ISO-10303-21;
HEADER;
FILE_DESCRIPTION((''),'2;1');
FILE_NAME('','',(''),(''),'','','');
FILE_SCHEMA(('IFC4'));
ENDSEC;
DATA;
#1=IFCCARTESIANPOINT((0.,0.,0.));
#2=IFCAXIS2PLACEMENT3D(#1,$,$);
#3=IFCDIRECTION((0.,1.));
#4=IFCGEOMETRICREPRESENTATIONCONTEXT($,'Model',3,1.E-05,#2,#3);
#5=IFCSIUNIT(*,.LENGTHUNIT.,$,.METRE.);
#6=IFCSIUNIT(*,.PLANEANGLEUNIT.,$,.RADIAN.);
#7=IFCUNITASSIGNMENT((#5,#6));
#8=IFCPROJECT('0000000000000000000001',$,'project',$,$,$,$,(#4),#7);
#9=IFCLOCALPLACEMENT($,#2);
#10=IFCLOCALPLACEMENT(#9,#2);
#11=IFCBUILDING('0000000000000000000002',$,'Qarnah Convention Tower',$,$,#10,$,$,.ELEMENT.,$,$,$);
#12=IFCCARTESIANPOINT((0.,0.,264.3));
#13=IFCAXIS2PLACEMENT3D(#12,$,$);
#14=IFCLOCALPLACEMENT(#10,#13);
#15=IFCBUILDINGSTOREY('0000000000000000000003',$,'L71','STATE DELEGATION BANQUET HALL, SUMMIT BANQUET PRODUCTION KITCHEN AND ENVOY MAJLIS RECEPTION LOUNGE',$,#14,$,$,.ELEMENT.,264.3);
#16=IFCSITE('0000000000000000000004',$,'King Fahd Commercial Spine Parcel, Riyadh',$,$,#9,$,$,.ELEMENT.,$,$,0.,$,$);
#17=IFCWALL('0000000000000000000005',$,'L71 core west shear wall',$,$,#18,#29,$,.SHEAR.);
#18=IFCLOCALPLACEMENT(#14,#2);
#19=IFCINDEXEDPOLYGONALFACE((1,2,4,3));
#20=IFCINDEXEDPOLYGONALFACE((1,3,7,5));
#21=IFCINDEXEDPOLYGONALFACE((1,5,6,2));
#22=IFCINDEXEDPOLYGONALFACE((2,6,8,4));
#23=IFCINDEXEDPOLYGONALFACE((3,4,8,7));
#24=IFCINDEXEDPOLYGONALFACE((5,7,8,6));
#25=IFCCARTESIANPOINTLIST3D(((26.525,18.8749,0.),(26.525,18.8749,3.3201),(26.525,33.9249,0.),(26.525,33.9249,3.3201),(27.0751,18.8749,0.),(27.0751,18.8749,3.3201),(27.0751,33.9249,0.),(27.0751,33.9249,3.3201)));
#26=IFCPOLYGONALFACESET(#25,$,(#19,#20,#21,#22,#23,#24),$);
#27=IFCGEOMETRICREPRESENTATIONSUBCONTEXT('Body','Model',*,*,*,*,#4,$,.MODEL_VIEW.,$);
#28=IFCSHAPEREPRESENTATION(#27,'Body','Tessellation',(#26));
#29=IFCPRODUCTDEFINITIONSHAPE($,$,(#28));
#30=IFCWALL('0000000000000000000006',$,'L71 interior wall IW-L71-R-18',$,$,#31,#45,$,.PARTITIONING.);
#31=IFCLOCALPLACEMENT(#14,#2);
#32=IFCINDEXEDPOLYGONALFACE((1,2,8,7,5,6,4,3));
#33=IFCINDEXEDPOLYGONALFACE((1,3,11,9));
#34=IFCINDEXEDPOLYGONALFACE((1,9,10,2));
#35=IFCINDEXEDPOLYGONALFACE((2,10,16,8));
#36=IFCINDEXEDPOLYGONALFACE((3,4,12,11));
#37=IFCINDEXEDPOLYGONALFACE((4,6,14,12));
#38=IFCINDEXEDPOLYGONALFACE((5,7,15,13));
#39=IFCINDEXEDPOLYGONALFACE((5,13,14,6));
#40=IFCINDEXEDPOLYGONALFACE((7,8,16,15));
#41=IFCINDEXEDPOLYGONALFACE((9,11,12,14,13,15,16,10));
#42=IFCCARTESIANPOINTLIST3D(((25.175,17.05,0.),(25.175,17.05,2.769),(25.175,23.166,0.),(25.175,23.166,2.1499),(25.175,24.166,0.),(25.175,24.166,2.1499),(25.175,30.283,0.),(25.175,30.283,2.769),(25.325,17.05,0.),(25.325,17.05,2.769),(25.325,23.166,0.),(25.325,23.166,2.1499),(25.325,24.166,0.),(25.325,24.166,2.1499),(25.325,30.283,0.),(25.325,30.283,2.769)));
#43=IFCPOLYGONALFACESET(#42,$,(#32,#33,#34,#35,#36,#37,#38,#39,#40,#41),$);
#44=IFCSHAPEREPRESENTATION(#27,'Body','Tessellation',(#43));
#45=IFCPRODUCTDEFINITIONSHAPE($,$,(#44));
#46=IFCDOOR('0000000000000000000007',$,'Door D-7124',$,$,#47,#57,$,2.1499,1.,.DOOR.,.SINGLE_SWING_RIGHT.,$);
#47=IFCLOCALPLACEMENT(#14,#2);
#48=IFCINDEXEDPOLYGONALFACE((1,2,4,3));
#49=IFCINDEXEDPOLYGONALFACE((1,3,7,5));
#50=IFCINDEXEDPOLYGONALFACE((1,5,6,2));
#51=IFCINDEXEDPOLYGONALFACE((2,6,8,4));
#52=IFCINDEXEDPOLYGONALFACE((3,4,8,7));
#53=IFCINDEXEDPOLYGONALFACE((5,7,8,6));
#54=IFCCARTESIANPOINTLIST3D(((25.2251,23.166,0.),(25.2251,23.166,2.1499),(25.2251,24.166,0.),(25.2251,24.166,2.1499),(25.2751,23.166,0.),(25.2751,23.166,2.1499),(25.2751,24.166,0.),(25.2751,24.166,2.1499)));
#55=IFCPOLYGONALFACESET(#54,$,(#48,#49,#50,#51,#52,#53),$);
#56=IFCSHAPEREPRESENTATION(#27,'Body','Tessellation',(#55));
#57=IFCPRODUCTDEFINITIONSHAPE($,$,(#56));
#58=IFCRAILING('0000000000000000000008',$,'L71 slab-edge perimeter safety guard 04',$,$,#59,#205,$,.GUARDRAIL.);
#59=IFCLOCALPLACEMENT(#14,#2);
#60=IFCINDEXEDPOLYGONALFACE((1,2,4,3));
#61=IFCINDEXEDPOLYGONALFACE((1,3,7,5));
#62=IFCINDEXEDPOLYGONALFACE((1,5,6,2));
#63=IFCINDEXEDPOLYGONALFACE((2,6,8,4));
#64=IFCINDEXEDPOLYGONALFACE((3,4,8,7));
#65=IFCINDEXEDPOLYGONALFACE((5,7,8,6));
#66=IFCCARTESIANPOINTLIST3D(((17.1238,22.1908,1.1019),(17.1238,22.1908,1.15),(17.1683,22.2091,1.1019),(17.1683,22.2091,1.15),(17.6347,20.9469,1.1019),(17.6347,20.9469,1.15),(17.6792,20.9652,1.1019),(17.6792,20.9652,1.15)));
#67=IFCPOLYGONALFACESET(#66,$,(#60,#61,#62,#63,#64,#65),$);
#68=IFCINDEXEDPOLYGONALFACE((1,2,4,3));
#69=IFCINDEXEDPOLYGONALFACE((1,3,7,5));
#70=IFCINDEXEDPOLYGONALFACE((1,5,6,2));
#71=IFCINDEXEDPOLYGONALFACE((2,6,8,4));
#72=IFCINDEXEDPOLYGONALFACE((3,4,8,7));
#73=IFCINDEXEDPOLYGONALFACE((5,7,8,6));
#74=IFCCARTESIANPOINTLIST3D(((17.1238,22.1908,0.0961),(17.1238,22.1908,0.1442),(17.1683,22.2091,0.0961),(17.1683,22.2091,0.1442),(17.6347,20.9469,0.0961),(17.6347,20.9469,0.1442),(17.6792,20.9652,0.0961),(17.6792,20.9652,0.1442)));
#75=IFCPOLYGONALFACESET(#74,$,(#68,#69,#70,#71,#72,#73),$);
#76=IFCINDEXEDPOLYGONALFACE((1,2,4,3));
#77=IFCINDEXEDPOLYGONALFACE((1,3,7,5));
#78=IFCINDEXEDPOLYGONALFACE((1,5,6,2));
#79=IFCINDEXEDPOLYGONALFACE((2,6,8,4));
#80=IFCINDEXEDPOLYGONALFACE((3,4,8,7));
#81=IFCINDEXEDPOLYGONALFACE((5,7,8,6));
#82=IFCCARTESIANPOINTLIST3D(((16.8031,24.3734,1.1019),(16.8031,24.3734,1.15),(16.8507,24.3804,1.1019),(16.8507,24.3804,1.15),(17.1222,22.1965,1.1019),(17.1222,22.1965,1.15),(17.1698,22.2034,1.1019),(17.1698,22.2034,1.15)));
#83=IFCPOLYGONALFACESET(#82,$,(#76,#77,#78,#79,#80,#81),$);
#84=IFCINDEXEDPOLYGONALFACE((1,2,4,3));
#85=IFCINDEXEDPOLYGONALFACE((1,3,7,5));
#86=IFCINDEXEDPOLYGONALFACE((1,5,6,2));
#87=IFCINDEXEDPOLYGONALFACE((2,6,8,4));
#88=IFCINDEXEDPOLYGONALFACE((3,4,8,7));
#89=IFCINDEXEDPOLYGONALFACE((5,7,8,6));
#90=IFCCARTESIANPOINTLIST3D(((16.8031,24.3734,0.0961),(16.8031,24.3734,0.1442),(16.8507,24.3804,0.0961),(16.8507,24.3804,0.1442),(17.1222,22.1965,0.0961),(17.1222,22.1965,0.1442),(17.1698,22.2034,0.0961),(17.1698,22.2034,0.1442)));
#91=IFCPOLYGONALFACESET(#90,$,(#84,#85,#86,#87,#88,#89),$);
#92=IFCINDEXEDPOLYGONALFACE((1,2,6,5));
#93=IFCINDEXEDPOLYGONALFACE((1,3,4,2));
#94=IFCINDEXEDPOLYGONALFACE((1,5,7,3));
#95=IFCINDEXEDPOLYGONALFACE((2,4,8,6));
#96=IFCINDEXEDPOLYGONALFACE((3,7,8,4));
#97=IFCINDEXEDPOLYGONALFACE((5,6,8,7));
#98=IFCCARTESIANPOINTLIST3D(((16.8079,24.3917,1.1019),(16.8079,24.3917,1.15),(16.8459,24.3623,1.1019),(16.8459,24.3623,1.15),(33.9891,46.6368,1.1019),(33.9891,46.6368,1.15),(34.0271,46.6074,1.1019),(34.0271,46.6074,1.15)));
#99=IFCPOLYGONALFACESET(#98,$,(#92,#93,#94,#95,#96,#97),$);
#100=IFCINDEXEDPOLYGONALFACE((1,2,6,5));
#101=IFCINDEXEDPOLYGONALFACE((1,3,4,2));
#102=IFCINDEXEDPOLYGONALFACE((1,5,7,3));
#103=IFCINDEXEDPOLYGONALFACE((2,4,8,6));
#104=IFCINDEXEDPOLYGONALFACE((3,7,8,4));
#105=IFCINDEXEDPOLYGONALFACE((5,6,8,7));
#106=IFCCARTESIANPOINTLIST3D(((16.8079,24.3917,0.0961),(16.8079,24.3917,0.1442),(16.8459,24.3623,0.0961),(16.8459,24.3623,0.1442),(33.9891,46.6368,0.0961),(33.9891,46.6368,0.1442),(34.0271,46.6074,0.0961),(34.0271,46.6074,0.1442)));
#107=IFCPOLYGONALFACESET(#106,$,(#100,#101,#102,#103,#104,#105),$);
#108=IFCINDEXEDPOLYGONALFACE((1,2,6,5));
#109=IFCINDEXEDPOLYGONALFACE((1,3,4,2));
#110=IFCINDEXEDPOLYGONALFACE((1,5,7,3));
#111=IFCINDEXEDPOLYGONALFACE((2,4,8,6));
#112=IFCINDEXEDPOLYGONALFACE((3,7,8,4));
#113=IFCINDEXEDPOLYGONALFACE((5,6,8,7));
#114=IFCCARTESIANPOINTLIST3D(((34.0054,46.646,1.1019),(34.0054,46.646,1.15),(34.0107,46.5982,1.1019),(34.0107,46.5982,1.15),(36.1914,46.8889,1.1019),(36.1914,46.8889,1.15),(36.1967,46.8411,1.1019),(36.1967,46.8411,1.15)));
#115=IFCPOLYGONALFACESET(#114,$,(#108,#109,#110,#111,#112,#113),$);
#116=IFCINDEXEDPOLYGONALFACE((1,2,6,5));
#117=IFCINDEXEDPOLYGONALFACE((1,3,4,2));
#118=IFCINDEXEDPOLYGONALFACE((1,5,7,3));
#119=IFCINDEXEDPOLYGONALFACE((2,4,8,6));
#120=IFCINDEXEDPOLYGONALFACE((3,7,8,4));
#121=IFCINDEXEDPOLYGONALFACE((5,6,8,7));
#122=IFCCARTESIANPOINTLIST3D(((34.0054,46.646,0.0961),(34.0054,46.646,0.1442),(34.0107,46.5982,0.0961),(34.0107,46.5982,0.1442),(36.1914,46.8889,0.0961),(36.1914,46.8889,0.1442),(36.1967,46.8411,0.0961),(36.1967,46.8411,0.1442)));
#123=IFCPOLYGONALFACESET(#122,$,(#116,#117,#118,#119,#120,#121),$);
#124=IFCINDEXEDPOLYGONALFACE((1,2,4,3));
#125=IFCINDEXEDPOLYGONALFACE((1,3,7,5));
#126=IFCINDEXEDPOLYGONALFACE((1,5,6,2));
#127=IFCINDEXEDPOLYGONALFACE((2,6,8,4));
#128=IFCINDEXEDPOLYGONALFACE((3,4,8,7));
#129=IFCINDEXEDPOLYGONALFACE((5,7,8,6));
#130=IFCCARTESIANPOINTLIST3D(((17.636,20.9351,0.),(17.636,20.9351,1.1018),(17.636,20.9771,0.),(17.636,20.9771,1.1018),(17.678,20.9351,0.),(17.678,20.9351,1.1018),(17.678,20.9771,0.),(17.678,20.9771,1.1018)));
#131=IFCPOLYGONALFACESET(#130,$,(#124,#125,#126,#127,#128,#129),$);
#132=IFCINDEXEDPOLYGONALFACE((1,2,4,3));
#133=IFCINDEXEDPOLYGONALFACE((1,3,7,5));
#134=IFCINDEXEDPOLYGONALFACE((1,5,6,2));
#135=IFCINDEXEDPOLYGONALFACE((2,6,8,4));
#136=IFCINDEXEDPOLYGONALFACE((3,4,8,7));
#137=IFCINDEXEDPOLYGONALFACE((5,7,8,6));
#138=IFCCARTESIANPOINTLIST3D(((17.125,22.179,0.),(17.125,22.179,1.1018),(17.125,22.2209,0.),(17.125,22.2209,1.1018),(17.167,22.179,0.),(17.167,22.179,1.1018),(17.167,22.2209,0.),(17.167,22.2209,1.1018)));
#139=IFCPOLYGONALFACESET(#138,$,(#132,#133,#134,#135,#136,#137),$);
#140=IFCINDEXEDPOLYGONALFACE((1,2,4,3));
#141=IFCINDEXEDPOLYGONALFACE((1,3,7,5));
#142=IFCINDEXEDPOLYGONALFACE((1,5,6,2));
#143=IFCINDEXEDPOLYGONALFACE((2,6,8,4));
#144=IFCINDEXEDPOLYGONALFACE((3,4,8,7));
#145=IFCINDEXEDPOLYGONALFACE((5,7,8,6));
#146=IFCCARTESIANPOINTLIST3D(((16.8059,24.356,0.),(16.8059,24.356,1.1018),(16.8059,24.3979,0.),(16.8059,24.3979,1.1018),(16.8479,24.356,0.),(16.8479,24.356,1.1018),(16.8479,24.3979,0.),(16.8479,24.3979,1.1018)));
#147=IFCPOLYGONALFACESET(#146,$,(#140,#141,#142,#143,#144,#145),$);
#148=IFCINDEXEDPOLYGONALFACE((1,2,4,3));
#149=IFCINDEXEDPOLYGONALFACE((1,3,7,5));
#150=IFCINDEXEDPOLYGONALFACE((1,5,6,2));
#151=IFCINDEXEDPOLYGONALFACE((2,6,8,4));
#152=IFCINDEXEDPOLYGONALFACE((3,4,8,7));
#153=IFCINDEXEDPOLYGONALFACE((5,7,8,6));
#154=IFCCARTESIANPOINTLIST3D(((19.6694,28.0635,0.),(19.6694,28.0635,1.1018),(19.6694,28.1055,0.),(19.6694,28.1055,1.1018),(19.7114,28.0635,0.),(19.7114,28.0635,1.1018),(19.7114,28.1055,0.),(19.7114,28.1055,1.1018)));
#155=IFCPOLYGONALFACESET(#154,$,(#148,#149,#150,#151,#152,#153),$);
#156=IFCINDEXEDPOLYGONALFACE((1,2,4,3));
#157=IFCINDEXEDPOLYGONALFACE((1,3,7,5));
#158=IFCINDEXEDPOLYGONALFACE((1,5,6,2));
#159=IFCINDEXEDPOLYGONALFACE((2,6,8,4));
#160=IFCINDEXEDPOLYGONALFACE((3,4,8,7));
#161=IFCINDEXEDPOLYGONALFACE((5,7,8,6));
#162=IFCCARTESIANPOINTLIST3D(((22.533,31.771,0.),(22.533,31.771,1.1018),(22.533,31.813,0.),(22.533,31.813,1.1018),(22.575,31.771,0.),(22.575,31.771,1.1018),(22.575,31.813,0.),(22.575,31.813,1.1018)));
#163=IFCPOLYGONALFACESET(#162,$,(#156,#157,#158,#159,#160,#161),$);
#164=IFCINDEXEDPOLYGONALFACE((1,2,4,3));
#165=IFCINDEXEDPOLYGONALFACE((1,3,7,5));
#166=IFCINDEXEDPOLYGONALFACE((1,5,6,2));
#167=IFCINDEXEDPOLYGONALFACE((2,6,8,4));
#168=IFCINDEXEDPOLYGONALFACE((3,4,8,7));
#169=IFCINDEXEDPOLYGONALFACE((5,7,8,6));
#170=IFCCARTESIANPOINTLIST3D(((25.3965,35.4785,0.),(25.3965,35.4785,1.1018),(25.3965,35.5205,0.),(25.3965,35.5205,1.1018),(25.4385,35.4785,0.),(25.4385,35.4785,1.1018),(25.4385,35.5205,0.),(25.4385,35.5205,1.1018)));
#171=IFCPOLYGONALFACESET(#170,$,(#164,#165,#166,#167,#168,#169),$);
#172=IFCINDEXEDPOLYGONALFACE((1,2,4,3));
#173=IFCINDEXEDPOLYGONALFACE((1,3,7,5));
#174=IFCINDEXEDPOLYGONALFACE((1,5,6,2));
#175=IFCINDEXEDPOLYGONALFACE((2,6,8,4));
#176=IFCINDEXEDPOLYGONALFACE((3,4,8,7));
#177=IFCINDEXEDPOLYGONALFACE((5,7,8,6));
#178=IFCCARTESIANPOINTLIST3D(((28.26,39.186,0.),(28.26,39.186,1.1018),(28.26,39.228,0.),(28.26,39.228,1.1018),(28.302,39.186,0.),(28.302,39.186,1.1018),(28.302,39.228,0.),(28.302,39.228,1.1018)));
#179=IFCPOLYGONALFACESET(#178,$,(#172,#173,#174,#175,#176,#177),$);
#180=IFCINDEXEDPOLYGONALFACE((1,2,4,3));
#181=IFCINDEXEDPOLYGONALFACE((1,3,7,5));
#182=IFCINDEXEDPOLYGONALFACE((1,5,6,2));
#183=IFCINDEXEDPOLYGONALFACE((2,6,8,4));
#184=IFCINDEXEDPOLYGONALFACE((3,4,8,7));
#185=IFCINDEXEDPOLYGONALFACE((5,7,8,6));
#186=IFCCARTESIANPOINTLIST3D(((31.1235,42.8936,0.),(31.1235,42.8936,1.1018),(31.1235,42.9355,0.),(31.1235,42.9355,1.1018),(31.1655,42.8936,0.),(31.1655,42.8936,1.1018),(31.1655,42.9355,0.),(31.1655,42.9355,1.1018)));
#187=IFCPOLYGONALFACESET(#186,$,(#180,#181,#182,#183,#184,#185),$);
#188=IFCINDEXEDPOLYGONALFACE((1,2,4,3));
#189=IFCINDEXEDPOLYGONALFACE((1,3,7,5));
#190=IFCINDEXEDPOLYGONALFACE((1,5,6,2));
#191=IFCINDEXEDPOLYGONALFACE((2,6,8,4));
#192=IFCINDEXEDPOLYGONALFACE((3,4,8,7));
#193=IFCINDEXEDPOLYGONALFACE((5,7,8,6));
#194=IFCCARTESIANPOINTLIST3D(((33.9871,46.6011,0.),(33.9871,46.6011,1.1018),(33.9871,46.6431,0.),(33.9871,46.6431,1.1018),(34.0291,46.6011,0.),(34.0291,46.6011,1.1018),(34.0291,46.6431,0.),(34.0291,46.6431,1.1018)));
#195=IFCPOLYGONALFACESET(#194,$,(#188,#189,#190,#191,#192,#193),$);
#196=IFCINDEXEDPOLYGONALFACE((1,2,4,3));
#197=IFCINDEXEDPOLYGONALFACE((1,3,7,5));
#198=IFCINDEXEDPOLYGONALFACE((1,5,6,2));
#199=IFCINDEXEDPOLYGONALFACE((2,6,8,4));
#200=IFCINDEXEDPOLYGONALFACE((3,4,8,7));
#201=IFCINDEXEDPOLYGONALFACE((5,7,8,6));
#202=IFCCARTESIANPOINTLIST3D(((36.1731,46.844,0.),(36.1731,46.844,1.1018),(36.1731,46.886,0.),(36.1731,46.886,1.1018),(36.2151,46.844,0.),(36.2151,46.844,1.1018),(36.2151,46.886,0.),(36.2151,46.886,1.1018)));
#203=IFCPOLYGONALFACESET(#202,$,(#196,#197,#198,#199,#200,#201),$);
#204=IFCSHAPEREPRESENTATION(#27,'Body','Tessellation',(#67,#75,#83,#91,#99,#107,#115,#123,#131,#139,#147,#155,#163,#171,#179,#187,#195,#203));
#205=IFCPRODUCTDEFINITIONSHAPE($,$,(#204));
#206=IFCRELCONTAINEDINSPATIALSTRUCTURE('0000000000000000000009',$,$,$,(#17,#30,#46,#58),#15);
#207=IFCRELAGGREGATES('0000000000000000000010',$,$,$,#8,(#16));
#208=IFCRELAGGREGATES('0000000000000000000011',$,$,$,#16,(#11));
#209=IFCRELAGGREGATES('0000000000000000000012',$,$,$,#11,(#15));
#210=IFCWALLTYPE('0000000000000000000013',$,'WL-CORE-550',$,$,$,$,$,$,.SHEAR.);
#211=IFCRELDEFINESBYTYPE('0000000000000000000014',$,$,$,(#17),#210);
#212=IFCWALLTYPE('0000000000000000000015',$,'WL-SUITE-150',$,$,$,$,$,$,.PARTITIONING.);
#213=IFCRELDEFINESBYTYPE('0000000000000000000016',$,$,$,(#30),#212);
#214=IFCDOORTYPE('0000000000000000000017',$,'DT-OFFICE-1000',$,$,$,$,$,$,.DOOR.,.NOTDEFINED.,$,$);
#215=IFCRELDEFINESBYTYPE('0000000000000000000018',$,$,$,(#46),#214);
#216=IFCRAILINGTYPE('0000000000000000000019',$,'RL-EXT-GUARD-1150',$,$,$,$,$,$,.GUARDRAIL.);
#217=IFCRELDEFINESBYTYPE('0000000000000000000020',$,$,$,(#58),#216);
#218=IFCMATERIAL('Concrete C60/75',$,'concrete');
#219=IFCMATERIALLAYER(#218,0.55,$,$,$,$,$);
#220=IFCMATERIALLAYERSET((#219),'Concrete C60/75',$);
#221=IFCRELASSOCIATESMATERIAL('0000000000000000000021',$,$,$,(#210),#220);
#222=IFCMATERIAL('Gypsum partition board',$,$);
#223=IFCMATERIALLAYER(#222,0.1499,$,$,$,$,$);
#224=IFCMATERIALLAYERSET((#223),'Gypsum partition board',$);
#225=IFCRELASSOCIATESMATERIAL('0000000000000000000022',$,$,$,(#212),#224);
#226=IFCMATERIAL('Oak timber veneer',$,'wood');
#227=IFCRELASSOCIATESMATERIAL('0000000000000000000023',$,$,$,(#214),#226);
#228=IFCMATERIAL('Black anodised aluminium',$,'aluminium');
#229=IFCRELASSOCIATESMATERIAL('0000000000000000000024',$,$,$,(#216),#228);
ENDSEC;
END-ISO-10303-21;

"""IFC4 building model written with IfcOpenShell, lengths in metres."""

from ifc_helpers import new_model, si_unit, direction, frame, frame_2d, origin, origin_2d, place, context, subcontext, project, spatial, rectangle, extrude, material, layer, layer_set, type_object, element, fill, save


model = new_model("IFC4")

# Units and contexts
model_context = context("Model", 3, precision=1e-05, world=origin(), true_north=direction((0.0, 1.0)))
body_context = subcontext(model_context, "Body", "Model", "MODEL_VIEW")
ifc_project = project(units=[si_unit("LENGTHUNIT", "METRE"), si_unit("PLANEANGLEUNIT", "RADIAN")], contexts=[model_context])

# Site, building, storey
site_placement = place(None, origin())
site = spatial("IfcSite", under=ifc_project, at=site_placement, Name="King Fahd Commercial Spine Parcel, Riyadh", CompositionType="ELEMENT", RefElevation=0.0)
building_placement = place(site_placement, origin())
building = spatial("IfcBuilding", under=site, at=building_placement, Name="Qarnah Convention Tower", CompositionType="ELEMENT")
storey_placement = place(building_placement, frame((0.0, 0.0, 264.3)))
storey = spatial("IfcBuildingStorey", under=building, at=storey_placement, Name="L71", Description="STATE DELEGATION BANQUET HALL, SUMMIT BANQUET PRODUCTION KITCHEN AND ENVOY MAJLIS RECEPTION LOUNGE", CompositionType="ELEMENT", Elevation=264.3)

# Shared definitions
ifc_material_1 = material(Name="Black anodised aluminium", Category="aluminium")

# Shared definitions
ifc_material_2 = material(Name="Concrete C60/75", Category="concrete")
ifc_layer_1 = layer(ifc_material_2, 0.55)
ifc_layer_set_1 = layer_set([ifc_layer_1], Name="Concrete C60/75")
wall_type_1 = type_object("IfcWallType", Name="WL-CORE-550", PredefinedType="SHEAR", material=ifc_layer_set_1)

# Wall
wall_1_placement = place(storey_placement, frame((26.8, 18.875, 0.0), z_axis=(0.0, 0.0, 1.0), x_axis=(0.0, 1.0, 0.0)))
element("IfcWall", 1, at=wall_1_placement, inside=storey, type_object=wall_type_1, Name="L71 core west shear wall", PredefinedType="SHEAR", context=body_context, shape_type="SweptSolid", body=[
    extrude(rectangle(XDim=15.05, YDim=0.55, at=frame_2d((7.5249, 0.0))), origin(), (0.0, 0.0, 1.0), 3.3201),
])

# Wall, opening, door
ifc_material_3 = material(Name="Gypsum partition board")
ifc_layer_2 = layer(ifc_material_3, 0.1499)
ifc_layer_set_2 = layer_set([ifc_layer_2], Name="Gypsum partition board")
wall_type_2 = type_object("IfcWallType", Name="WL-SUITE-150", PredefinedType="PARTITIONING", material=ifc_layer_set_2)
wall_2_placement = place(storey_placement, frame((25.25, 17.05, 0.0), z_axis=(0.0, 0.0, 1.0), x_axis=(0.0, 1.0, 0.0)))
wall_2 = element("IfcWall", 2, at=wall_2_placement, inside=storey, type_object=wall_type_2, Name="L71 interior wall IW-L71-R-18", PredefinedType="PARTITIONING", context=body_context, shape_type="SweptSolid", body=[
    extrude(rectangle(XDim=13.2329, YDim=0.1499, at=frame_2d((6.6165, 0.0))), origin(), (0.0, 0.0, 1.0), 2.769),
])
opening_1_placement = place(wall_2_placement, frame((6.116, 0.0, 0.0)))
opening_1 = element("IfcOpeningElement", 3, at=opening_1_placement, cuts=wall_2, PredefinedType="OPENING", context=body_context, shape_type="SweptSolid", body=[
    extrude(rectangle(XDim=1.0, YDim=2.1499, at=frame_2d((0.5, 1.075))), frame((0.0, 0.085, 0.0), z_axis=(0.0, -1.0, 0.0), x_axis=(1.0, 0.0, 0.0)), (0.0, 0.0, 1.0), 0.1699),
])
ifc_material_4 = material(Name="Oak timber veneer", Category="wood")
door_type_1 = type_object("IfcDoorType", Name="DT-OFFICE-1000", OperationType="NOTDEFINED", PredefinedType="DOOR", material=ifc_material_4)
door_1_placement = place(opening_1_placement, origin())
door_1 = element("IfcDoor", 4, at=door_1_placement, inside=storey, type_object=door_type_1, Name="Door D-7124", OperationType="SINGLE_SWING_RIGHT", OverallHeight=2.1499, OverallWidth=1.0, PredefinedType="DOOR", context=body_context, shape_type="SweptSolid", body=[
    extrude(rectangle(XDim=1.0, YDim=2.1499, at=frame_2d((0.5, 1.075))), frame((0.0, 0.0249, 0.0), z_axis=(0.0, -1.0, 0.0), x_axis=(1.0, 0.0, 0.0)), (0.0, 0.0, 1.0), 0.05),
])
fill(opening_1, door_1)

# Railing
railing_type = type_object("IfcRailingType", Name="RL-EXT-GUARD-1150", PredefinedType="GUARDRAIL", material=ifc_material_1)
railing_1_placement = place(storey_placement, frame((17.657, 20.9561, 0.0)))
element("IfcRailing", 5, at=railing_1_placement, inside=storey, type_object=railing_type, Name="L71 slab-edge perimeter safety guard 04", PredefinedType="GUARDRAIL", context=body_context, shape_type="SweptSolid", body=[
    extrude(rectangle(XDim=0.0481, YDim=0.0481, at=origin_2d()), frame((0.0, 0.0, 1.126), z_axis=(-0.379983, 0.924994, 0.0), x_axis=(-0.924994, -0.379983, 0.0)), (0.0, 0.0, 1.0), 1.3447),
    extrude(rectangle(XDim=0.0481, YDim=0.0481, at=origin_2d()), frame((0.0, 0.0, 0.1201), z_axis=(-0.379983, 0.924994, 0.0), x_axis=(-0.924994, -0.379983, 0.0)), (0.0, 0.0, 1.0), 1.3447),
    extrude(rectangle(XDim=0.0481, YDim=0.0481, at=origin_2d()), frame((-0.511, 1.2439, 1.126), z_axis=(-0.145024, 0.989428, 0.0), x_axis=(-0.989428, -0.145024, 0.0)), (0.0, 0.0, 1.0), 2.2002),
    extrude(rectangle(XDim=0.0481, YDim=0.0481, at=origin_2d()), frame((-0.511, 1.2439, 0.1201), z_axis=(-0.145024, 0.989428, 0.0), x_axis=(-0.989428, -0.145024, 0.0)), (0.0, 0.0, 1.0), 2.2002),
    extrude(rectangle(XDim=0.0481, YDim=0.0481, at=origin_2d()), frame((-0.8301, 3.4209, 1.126), z_axis=(0.611264, 0.791427, 0.0), x_axis=(-0.791427, 0.611264, 0.0)), (0.0, 0.0, 1.0), 28.1077),
    extrude(rectangle(XDim=0.0481, YDim=0.0481, at=origin_2d()), frame((-0.8301, 3.4209, 0.1201), z_axis=(0.611264, 0.791427, 0.0), x_axis=(-0.791427, 0.611264, 0.0)), (0.0, 0.0, 1.0), 28.1077),
    extrude(rectangle(XDim=0.0481, YDim=0.0481, at=origin_2d()), frame((16.3511, 25.666, 1.126), z_axis=(0.993882, 0.110444, 0.0), x_axis=(-0.110444, 0.993882, 0.0)), (0.0, 0.0, 1.0), 2.1995),
    extrude(rectangle(XDim=0.0481, YDim=0.0481, at=origin_2d()), frame((16.3511, 25.666, 0.1201), z_axis=(0.993882, 0.110444, 0.0), x_axis=(-0.110444, 0.993882, 0.0)), (0.0, 0.0, 1.0), 2.1995),
    extrude(rectangle(XDim=0.042, YDim=0.042, at=origin_2d()), origin(), (0.0, 0.0, 1.0), 1.1018),
    extrude(rectangle(XDim=0.042, YDim=0.042, at=origin_2d()), frame((-0.511, 1.2439, 0.0)), (0.0, 0.0, 1.0), 1.1018),
    extrude(rectangle(XDim=0.042, YDim=0.042, at=origin_2d()), frame((-0.8301, 3.4209, 0.0)), (0.0, 0.0, 1.0), 1.1018),
    extrude(rectangle(XDim=0.042, YDim=0.042, at=origin_2d()), frame((2.0334, 7.1284, 0.0)), (0.0, 0.0, 1.0), 1.1018),
    extrude(rectangle(XDim=0.042, YDim=0.042, at=origin_2d()), frame((4.897, 10.8359, 0.0)), (0.0, 0.0, 1.0), 1.1018),
    extrude(rectangle(XDim=0.042, YDim=0.042, at=origin_2d()), frame((7.7605, 14.5435, 0.0)), (0.0, 0.0, 1.0), 1.1018),
    extrude(rectangle(XDim=0.042, YDim=0.042, at=origin_2d()), frame((10.624, 18.251, 0.0)), (0.0, 0.0, 1.0), 1.1018),
    extrude(rectangle(XDim=0.042, YDim=0.042, at=origin_2d()), frame((13.4875, 21.9585, 0.0)), (0.0, 0.0, 1.0), 1.1018),
    extrude(rectangle(XDim=0.042, YDim=0.042, at=origin_2d()), frame((16.3511, 25.666, 0.0)), (0.0, 0.0, 1.0), 1.1018),
    extrude(rectangle(XDim=0.042, YDim=0.042, at=origin_2d()), frame((18.5371, 25.9089, 0.0)), (0.0, 0.0, 1.0), 1.1018),
])

save(model, "model.ifc")
